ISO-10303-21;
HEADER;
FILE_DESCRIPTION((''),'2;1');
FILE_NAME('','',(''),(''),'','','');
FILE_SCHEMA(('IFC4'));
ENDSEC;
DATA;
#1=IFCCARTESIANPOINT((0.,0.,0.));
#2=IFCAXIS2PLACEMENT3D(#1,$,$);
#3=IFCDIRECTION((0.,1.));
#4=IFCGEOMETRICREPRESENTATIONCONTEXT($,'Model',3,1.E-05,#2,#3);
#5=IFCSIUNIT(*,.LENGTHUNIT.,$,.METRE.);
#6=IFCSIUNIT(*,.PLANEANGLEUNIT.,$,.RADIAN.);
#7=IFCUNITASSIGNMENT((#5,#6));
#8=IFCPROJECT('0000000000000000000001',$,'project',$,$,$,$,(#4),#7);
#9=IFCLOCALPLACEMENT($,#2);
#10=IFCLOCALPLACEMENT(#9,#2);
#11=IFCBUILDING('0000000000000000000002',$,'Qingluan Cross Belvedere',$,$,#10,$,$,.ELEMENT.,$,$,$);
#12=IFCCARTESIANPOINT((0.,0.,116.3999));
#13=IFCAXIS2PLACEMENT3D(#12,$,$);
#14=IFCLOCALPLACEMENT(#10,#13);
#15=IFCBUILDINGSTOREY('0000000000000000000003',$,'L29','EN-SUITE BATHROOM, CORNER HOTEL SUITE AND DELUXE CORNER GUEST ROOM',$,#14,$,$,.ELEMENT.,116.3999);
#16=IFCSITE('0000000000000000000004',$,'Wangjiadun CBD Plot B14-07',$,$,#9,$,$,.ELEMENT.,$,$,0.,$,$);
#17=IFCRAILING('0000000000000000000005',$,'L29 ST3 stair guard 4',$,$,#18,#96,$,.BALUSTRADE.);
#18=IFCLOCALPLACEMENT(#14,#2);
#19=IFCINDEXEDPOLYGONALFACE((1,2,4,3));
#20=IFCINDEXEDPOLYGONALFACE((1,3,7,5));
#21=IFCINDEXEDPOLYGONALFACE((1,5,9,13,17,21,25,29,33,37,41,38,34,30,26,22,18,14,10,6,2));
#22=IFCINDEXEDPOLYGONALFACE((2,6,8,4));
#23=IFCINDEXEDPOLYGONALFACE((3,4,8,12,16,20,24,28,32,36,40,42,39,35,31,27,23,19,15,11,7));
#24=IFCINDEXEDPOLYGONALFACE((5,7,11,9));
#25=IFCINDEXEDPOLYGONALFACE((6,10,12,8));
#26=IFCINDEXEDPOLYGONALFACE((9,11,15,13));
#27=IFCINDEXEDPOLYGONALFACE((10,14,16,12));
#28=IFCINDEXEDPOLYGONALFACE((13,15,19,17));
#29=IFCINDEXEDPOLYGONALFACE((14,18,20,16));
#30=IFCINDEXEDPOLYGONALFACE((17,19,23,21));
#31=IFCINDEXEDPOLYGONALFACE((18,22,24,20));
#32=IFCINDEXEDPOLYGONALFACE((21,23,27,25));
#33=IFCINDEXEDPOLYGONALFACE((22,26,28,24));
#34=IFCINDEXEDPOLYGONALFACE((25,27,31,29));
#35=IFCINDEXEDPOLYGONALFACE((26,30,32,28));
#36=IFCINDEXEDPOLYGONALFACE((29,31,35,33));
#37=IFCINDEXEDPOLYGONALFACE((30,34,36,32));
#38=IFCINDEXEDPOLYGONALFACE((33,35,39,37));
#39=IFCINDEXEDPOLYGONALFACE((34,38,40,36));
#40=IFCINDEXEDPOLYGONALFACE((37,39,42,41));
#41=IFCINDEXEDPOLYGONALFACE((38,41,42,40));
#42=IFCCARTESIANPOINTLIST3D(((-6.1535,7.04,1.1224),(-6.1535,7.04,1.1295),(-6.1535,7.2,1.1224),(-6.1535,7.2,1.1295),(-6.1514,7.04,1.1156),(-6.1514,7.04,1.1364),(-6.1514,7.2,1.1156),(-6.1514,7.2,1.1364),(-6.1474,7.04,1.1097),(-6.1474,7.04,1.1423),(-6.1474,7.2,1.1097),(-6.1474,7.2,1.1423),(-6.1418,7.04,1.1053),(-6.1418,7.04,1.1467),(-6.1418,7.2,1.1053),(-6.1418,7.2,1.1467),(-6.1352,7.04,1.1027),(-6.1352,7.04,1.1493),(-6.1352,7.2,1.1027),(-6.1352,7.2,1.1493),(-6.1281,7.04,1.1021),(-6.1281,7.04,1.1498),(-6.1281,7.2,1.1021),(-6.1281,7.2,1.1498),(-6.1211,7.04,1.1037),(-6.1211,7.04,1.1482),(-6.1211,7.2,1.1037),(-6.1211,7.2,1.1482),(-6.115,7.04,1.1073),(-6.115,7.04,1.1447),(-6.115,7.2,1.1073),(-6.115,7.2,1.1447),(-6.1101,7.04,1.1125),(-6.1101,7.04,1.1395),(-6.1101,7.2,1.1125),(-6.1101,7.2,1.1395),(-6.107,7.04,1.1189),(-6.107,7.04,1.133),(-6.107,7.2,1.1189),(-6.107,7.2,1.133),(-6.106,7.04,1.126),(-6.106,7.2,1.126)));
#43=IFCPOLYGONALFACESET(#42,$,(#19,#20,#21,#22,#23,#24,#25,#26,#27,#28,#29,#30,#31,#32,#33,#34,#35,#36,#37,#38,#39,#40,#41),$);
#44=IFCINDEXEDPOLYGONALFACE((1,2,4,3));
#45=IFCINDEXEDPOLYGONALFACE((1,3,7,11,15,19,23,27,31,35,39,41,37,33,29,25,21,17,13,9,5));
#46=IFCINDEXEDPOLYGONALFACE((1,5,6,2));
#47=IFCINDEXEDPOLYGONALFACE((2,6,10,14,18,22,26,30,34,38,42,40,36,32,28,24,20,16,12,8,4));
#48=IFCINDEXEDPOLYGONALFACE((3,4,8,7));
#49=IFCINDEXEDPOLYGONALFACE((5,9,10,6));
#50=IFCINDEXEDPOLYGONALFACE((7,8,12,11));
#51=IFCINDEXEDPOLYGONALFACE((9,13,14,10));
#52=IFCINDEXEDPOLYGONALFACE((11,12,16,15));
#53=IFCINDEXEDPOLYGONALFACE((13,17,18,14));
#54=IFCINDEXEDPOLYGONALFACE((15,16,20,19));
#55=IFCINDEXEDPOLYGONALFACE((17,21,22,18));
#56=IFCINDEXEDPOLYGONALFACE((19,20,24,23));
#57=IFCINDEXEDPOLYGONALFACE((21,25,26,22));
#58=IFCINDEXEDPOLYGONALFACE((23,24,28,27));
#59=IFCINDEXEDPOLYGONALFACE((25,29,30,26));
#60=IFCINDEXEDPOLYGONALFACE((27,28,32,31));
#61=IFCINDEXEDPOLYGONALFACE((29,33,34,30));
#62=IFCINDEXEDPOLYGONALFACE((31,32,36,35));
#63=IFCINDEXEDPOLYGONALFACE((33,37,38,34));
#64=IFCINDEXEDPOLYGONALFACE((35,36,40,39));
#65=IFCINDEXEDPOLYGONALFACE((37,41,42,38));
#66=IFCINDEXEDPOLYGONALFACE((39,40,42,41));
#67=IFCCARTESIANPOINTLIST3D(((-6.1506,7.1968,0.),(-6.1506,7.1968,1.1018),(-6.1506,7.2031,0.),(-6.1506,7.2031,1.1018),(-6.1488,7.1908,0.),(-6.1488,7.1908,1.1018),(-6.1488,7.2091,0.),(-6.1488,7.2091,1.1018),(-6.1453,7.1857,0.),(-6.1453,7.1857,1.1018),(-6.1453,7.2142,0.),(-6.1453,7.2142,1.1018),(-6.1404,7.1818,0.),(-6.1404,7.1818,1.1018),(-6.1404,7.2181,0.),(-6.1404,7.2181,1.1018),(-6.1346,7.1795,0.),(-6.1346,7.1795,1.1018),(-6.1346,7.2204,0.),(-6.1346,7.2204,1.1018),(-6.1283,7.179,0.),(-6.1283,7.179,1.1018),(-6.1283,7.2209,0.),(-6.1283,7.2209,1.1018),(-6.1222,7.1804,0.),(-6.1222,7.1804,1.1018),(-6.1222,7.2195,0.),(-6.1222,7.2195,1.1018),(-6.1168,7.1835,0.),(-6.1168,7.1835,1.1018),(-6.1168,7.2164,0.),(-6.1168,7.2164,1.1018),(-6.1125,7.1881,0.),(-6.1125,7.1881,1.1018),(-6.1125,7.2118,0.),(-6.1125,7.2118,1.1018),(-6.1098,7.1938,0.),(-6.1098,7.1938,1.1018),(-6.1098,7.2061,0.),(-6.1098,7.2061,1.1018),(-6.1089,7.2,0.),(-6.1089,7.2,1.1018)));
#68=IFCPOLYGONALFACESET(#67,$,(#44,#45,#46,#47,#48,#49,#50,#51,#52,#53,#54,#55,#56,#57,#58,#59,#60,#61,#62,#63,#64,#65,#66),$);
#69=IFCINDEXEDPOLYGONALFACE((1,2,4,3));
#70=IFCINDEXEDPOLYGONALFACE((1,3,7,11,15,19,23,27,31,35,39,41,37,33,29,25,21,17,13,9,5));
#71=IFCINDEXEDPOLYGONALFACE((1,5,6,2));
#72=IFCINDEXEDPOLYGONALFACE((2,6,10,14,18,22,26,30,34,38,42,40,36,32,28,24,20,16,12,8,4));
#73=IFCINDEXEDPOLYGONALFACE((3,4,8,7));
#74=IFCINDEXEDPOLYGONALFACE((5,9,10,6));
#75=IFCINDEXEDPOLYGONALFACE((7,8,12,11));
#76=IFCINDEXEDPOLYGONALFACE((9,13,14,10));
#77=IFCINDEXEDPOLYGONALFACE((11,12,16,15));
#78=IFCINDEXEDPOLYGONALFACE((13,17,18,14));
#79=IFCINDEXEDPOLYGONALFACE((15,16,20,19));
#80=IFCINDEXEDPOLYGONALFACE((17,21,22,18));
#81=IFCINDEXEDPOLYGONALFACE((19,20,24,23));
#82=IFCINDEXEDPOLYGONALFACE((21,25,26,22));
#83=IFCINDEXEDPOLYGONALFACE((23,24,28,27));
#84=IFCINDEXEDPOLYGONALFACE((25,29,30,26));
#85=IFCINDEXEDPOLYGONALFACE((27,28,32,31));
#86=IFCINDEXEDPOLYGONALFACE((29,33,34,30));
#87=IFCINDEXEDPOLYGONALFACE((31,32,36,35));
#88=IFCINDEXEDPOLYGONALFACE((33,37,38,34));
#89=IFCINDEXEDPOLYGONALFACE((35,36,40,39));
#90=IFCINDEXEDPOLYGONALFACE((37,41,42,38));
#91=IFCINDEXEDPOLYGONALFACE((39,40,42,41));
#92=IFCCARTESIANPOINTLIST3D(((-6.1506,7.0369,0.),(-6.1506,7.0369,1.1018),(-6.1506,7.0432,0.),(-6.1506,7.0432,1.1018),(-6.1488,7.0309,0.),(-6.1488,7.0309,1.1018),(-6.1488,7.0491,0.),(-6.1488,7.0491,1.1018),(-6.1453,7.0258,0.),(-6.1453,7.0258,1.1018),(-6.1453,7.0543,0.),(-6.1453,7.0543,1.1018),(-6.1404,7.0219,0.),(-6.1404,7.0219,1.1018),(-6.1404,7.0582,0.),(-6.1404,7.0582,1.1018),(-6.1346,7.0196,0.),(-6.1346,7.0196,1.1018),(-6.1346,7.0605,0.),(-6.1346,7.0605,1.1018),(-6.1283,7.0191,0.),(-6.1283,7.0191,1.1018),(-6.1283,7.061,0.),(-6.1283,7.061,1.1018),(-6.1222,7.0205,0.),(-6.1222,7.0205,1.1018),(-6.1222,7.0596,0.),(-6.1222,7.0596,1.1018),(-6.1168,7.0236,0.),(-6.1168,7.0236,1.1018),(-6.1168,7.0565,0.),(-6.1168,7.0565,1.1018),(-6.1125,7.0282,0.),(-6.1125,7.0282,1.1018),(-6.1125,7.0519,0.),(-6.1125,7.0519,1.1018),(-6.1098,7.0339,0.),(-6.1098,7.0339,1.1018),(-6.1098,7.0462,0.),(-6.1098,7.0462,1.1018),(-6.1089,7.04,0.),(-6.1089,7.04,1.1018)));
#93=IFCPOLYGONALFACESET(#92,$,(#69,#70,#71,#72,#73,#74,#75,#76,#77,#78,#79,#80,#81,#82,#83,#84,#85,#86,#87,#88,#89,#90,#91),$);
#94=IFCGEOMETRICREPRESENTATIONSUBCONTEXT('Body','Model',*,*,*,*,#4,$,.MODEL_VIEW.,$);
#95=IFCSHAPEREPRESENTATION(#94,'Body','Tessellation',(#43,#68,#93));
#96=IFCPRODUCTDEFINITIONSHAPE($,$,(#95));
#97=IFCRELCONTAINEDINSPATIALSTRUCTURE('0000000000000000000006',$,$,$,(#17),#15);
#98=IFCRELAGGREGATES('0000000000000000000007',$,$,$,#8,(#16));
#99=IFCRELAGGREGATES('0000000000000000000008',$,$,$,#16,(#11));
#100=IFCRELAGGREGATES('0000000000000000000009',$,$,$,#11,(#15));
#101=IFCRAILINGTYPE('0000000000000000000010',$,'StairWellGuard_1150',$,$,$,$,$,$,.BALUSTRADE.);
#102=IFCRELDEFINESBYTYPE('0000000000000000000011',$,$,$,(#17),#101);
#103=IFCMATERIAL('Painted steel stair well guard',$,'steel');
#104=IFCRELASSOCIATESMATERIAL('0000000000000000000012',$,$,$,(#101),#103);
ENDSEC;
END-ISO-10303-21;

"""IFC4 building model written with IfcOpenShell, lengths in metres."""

from ifc_helpers import new_model, si_unit, direction, frame, origin, origin_2d, place, context, subcontext, project, spatial, circle, extrude, material, type_object, element, save


model = new_model("IFC4")

# Units and contexts
model_context = context("Model", 3, precision=1e-05, world=origin(), true_north=direction((0.0, 1.0)))
body_context = subcontext(model_context, "Body", "Model", "MODEL_VIEW")
ifc_project = project(units=[si_unit("LENGTHUNIT", "METRE"), si_unit("PLANEANGLEUNIT", "RADIAN")], contexts=[model_context])

# Site, building, storey
site_placement = place(None, origin())
site = spatial("IfcSite", under=ifc_project, at=site_placement, Name="Wangjiadun CBD Plot B14-07", CompositionType="ELEMENT", RefElevation=0.0)
building_placement = place(site_placement, origin())
building = spatial("IfcBuilding", under=site, at=building_placement, Name="Qingluan Cross Belvedere", CompositionType="ELEMENT")
storey_placement = place(building_placement, frame((0.0, 0.0, 116.3999)))
storey = spatial("IfcBuildingStorey", under=building, at=storey_placement, Name="L29", Description="EN-SUITE BATHROOM, CORNER HOTEL SUITE AND DELUXE CORNER GUEST ROOM", CompositionType="ELEMENT", Elevation=116.3999)

# Railing
ifc_material_1 = material(Name="Painted steel stair well guard", Category="steel")
railing_type_1 = type_object("IfcRailingType", Name="StairWellGuard_1150", PredefinedType="BALUSTRADE", material=ifc_material_1)
railing_1_placement = place(storey_placement, frame((-6.1299, 7.2, 0.0)))
element("IfcRailing", 1, at=railing_1_placement, inside=storey, type_object=railing_type_1, Name="L29 ST3 stair guard 4", PredefinedType="BALUSTRADE", context=body_context, shape_type="SweptSolid", body=[
    extrude(circle(Radius=0.0239, at=origin_2d()), frame((0.0, 0.0, 1.126), z_axis=(0.0, -1.0, 0.0), x_axis=(1.0, 0.0, 0.0)), (0.0, 0.0, 1.0), 0.1599),
    extrude(circle(Radius=0.021, at=origin_2d()), origin(), (0.0, 0.0, 1.0), 1.1018),
    extrude(circle(Radius=0.021, at=origin_2d()), frame((0.0, -0.1599, 0.0)), (0.0, 0.0, 1.0), 1.1018),
])

save(model, "model.ifc")
